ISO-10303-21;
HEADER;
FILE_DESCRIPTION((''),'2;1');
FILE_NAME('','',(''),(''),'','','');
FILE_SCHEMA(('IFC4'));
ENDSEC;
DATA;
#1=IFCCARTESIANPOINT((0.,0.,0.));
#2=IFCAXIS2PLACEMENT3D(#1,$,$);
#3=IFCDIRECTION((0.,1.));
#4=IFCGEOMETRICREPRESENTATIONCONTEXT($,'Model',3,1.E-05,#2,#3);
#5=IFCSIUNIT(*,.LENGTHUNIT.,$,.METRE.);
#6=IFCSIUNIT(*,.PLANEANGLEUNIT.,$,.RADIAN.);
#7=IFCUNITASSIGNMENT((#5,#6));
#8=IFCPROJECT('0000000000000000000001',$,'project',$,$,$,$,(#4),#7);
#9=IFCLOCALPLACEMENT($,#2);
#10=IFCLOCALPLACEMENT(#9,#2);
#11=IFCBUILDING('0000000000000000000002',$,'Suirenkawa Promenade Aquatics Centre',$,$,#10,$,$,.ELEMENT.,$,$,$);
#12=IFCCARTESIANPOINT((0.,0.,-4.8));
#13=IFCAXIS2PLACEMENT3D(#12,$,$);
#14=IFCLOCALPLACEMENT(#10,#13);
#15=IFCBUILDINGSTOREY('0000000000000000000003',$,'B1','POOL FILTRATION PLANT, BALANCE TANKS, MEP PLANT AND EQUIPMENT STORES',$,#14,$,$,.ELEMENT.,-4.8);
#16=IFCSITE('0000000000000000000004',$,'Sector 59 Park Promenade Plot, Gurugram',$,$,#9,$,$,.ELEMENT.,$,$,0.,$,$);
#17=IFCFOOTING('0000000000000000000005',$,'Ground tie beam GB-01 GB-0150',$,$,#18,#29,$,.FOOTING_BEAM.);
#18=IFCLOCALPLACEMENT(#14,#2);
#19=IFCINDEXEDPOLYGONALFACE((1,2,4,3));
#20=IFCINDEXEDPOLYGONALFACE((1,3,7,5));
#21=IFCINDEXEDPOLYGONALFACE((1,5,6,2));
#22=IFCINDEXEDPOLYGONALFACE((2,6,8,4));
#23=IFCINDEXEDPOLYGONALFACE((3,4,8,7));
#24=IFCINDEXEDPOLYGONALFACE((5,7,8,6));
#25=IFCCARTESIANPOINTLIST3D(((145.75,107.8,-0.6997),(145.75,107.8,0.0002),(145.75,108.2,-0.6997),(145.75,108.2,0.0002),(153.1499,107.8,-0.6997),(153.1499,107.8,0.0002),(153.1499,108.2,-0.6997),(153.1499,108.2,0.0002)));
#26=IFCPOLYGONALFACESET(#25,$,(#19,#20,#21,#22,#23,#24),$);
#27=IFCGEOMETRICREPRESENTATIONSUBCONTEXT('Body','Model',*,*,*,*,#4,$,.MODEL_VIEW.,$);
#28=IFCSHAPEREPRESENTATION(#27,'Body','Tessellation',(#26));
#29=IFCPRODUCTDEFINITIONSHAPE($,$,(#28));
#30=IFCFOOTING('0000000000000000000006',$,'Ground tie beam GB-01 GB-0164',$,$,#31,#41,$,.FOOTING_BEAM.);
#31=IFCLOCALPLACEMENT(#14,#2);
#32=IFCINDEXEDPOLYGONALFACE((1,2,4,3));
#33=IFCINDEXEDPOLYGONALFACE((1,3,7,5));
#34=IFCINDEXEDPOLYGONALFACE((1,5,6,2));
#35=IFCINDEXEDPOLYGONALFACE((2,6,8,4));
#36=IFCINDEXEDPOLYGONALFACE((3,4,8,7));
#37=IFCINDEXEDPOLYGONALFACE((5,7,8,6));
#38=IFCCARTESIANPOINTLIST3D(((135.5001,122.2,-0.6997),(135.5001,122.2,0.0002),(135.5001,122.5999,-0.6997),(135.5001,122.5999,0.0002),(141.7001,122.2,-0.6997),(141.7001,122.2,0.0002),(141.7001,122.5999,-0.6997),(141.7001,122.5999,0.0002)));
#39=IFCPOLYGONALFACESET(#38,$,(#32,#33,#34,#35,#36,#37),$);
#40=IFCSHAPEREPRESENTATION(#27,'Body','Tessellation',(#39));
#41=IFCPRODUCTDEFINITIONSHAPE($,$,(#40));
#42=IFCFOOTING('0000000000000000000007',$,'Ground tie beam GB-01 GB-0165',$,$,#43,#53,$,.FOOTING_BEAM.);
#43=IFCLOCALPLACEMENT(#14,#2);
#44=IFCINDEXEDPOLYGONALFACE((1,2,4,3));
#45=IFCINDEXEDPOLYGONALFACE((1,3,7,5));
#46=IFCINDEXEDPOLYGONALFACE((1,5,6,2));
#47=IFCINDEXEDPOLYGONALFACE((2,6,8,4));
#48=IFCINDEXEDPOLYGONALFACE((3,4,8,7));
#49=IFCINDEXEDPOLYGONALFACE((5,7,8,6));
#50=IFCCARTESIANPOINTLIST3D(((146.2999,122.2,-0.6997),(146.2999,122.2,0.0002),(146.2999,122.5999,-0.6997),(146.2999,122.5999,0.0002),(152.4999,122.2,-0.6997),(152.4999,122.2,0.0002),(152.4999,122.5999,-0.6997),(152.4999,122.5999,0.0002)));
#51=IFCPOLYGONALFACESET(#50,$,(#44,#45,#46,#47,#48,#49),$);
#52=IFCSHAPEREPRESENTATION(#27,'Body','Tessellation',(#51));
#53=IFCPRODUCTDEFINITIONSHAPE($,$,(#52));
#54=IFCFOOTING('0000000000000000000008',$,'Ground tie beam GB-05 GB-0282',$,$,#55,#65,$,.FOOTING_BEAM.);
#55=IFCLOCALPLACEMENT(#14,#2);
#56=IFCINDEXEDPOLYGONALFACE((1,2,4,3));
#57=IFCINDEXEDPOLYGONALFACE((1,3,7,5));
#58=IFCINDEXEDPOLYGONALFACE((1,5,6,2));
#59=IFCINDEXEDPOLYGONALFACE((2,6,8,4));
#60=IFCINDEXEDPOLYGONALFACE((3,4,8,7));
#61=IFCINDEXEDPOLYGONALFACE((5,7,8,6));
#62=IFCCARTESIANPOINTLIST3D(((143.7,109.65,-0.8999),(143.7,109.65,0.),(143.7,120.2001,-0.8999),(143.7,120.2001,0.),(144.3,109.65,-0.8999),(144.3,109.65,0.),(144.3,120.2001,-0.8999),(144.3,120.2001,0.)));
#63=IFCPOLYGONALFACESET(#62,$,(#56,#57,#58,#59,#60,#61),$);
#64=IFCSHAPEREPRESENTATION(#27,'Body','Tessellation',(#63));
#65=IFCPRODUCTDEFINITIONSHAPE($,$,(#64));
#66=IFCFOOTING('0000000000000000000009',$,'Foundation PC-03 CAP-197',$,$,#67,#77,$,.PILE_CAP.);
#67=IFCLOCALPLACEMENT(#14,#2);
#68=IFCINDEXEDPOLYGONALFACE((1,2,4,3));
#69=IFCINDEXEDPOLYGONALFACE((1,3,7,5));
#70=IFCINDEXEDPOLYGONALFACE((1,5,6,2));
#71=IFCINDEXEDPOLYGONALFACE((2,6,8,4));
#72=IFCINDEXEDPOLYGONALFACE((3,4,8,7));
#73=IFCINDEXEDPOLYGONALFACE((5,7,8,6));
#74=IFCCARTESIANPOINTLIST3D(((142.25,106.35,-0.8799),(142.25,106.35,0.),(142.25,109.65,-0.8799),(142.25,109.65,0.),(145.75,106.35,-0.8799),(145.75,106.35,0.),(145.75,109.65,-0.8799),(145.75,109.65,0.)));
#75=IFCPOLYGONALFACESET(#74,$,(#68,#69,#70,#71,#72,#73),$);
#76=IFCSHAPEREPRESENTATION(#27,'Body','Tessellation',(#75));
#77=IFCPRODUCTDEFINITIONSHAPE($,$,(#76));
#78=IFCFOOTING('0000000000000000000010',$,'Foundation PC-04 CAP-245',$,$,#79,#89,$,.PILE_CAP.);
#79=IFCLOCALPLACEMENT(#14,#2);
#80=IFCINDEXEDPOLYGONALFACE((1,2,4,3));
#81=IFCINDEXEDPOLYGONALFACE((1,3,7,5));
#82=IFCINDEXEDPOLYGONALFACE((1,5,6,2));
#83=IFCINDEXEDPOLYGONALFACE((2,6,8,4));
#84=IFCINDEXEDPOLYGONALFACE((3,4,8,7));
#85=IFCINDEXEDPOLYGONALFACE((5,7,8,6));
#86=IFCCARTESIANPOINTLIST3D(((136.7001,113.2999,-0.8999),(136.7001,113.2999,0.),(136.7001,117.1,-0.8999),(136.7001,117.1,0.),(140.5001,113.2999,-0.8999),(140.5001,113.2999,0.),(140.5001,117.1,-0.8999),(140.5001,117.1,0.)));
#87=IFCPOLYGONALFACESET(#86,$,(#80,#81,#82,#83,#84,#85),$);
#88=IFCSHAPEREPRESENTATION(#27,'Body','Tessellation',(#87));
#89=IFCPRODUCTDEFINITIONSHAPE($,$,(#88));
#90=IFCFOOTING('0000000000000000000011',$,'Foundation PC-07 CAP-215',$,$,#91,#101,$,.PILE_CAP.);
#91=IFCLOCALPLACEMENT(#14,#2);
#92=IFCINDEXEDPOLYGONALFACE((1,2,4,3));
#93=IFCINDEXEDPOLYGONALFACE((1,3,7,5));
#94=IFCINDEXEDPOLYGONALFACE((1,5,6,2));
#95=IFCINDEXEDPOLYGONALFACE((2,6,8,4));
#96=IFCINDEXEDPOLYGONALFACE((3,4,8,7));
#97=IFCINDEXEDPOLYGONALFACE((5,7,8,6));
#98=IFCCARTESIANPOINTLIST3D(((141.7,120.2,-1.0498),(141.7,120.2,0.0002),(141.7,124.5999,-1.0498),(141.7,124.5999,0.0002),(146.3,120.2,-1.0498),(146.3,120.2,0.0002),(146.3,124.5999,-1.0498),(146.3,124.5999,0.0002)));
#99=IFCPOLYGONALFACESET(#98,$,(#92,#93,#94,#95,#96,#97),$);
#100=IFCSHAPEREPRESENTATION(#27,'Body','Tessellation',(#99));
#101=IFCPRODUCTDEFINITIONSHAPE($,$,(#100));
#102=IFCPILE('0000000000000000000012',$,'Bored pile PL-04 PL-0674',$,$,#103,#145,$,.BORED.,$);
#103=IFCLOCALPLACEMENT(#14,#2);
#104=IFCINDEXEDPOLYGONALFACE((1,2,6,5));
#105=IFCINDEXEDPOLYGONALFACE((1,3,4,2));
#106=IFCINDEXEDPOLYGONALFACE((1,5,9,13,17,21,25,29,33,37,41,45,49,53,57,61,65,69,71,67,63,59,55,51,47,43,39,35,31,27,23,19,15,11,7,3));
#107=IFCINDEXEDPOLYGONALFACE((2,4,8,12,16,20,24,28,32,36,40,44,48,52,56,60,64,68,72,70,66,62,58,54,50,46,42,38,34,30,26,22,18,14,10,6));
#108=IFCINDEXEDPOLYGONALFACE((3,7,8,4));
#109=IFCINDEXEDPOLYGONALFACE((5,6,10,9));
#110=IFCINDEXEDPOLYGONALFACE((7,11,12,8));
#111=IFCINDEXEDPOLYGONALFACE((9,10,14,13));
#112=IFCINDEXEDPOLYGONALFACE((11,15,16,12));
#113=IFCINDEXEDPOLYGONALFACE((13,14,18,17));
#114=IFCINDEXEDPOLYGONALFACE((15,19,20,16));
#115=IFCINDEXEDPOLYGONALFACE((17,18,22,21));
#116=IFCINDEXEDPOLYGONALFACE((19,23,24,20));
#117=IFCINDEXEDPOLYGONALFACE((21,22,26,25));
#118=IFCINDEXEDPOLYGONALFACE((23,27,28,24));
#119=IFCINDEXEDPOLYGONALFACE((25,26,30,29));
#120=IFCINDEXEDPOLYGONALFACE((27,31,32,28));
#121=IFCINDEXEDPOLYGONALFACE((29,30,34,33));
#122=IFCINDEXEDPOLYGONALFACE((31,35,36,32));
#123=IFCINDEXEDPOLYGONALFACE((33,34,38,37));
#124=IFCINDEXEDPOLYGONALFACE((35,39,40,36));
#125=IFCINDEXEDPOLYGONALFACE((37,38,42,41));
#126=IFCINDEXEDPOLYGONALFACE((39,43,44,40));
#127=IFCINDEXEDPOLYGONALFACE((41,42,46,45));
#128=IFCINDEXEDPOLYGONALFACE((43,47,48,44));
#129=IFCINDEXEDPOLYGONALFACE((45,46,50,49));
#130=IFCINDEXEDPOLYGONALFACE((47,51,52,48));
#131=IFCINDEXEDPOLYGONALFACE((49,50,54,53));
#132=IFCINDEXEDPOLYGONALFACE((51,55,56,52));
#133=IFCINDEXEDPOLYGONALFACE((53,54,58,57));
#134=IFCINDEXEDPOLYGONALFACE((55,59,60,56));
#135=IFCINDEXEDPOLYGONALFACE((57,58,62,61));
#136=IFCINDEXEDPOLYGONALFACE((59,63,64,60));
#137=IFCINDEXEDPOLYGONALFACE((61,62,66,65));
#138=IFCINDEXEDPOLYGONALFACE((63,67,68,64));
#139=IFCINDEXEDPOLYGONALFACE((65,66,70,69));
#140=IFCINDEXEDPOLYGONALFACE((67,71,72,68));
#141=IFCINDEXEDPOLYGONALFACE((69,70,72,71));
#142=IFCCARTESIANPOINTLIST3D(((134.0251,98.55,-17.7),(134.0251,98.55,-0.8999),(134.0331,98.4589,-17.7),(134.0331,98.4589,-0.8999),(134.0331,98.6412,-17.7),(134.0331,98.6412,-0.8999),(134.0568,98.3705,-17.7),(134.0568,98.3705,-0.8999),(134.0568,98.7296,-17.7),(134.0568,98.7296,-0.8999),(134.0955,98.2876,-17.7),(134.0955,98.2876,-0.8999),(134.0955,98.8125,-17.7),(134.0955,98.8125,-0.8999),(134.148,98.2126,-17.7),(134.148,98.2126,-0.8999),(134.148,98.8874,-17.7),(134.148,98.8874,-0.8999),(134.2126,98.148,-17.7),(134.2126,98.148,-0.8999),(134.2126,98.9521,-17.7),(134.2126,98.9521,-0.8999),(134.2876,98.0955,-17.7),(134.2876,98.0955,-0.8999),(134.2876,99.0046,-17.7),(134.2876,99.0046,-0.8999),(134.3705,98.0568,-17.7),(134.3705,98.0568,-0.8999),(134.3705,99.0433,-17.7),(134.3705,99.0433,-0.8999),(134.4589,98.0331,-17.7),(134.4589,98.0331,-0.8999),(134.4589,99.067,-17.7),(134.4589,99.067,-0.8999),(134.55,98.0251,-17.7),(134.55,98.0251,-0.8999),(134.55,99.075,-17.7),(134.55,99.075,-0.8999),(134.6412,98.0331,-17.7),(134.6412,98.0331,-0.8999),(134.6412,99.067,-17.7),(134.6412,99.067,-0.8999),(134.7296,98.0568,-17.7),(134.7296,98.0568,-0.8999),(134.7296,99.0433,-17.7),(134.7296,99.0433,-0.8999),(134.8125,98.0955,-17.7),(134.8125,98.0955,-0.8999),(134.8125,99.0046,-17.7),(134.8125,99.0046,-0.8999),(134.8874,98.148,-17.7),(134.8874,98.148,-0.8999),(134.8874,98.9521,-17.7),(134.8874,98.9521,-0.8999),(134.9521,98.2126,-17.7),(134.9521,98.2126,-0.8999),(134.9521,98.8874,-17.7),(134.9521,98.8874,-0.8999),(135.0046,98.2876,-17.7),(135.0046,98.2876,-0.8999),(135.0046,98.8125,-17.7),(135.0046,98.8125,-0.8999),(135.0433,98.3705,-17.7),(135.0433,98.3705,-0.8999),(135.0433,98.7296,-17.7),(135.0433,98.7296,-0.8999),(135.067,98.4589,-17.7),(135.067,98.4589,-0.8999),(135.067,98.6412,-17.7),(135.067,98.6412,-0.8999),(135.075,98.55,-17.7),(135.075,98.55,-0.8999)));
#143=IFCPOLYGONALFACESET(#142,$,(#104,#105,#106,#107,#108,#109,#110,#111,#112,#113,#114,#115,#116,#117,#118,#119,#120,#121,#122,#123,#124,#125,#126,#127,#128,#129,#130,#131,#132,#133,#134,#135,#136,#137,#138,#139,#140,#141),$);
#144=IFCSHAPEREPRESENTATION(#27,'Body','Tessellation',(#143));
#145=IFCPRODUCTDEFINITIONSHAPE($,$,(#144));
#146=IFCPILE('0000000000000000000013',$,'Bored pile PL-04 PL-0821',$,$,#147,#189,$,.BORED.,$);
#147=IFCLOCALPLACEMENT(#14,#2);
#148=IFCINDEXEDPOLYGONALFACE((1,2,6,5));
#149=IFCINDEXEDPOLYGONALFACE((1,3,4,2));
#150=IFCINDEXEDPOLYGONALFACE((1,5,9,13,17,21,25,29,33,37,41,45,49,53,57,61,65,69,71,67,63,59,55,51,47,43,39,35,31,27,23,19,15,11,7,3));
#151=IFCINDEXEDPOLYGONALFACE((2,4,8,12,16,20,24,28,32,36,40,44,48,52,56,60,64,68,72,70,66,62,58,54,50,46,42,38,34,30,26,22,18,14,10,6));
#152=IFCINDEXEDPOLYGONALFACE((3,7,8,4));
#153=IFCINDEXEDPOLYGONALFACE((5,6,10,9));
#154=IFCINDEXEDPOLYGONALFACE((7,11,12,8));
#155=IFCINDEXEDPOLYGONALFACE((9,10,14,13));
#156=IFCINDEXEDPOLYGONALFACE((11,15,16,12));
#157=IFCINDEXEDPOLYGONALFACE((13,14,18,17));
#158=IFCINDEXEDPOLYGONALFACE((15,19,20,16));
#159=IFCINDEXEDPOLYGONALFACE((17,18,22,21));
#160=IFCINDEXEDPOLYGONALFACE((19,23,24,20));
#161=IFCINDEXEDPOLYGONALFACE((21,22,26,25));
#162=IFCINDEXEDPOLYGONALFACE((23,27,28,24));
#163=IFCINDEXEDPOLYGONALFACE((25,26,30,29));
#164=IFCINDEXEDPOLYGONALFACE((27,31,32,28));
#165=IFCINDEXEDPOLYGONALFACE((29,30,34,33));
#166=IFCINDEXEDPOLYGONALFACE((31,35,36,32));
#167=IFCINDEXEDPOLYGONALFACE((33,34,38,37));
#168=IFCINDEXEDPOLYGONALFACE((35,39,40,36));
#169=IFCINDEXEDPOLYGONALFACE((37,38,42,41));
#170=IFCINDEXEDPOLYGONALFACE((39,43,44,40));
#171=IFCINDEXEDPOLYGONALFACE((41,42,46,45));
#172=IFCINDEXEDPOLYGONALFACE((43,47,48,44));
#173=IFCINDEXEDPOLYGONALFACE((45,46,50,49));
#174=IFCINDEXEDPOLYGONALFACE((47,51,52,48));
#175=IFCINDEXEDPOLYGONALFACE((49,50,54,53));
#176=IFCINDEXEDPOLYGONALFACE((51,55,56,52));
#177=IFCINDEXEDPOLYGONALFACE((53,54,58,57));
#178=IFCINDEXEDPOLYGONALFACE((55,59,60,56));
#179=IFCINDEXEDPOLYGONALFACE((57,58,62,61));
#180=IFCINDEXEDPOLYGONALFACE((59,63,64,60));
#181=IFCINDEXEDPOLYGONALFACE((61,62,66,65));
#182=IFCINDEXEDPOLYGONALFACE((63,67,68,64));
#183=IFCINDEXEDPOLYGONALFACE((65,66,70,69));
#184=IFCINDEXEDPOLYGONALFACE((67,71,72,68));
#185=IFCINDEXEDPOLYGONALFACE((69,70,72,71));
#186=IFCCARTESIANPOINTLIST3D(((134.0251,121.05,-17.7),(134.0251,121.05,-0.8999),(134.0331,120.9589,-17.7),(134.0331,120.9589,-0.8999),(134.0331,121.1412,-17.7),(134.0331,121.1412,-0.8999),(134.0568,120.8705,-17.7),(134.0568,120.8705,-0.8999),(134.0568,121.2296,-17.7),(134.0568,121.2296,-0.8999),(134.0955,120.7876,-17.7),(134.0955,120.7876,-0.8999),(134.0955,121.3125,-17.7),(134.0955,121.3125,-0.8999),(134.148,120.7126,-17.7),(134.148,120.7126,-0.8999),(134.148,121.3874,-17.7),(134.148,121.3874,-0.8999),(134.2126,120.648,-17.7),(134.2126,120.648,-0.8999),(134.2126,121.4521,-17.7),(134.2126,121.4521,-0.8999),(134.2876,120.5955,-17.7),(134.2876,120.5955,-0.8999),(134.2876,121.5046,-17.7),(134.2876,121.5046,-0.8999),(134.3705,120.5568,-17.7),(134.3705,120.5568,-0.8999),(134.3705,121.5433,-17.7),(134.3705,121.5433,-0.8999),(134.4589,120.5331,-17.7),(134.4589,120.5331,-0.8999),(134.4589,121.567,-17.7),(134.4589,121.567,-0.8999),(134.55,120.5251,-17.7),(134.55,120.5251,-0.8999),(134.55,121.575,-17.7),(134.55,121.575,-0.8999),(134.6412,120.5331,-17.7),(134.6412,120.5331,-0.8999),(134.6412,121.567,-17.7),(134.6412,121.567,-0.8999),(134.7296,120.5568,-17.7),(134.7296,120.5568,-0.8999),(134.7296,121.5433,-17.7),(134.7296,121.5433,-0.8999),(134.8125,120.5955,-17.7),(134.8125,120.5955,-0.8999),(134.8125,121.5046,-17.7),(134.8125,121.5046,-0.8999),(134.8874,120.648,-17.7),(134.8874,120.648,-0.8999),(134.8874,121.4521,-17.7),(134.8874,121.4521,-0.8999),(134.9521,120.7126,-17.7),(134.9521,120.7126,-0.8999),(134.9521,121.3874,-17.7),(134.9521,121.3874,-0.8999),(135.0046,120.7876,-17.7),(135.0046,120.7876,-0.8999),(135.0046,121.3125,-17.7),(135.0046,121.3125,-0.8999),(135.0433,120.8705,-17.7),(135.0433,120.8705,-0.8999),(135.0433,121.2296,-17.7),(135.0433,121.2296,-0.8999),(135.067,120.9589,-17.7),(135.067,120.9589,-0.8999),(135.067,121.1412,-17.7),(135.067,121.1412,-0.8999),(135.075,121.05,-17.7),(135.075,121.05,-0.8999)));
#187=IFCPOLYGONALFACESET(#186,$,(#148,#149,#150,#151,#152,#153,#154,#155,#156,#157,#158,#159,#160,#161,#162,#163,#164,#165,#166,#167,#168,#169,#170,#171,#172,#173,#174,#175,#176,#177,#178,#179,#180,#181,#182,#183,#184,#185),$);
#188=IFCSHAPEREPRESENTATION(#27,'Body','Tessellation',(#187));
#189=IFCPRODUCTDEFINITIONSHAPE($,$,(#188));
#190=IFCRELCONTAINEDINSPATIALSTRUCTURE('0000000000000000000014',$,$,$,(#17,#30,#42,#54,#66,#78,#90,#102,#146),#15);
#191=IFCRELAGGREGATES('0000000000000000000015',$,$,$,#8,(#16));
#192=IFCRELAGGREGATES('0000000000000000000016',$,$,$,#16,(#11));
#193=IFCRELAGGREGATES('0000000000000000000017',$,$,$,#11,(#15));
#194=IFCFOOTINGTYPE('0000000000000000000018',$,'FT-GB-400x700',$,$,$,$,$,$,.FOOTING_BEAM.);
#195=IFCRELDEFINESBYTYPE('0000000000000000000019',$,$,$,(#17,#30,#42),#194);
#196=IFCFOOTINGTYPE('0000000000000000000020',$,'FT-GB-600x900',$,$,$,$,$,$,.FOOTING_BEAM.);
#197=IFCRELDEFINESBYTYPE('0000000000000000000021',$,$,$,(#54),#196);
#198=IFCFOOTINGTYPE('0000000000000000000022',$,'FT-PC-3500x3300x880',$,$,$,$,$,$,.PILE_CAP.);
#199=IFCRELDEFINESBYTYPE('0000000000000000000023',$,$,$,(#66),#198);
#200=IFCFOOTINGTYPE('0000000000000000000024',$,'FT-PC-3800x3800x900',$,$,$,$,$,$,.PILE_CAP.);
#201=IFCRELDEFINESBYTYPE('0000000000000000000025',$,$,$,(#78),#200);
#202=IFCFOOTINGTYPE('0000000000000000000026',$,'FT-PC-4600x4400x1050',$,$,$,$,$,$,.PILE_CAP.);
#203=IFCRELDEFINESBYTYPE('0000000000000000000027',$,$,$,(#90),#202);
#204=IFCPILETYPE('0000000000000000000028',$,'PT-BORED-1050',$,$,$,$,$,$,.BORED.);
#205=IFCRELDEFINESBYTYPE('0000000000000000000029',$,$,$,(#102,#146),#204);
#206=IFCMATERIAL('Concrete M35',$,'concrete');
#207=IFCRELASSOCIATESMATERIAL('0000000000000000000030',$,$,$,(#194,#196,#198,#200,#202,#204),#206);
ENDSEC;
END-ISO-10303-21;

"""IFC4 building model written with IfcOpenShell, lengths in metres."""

from ifc_helpers import new_model, si_unit, direction, frame, origin, origin_2d, place, context, subcontext, project, spatial, rectangle, circle, extrude, material, material_profile, profile_set, type_object, element, save


model = new_model("IFC4")

# Units and contexts
model_context = context("Model", 3, precision=1e-05, world=origin(), true_north=direction((0.0, 1.0)))
body_context = subcontext(model_context, "Body", "Model", "MODEL_VIEW")
ifc_project = project(units=[si_unit("LENGTHUNIT", "METRE"), si_unit("PLANEANGLEUNIT", "RADIAN")], contexts=[model_context])

# Site, building, storey
site_placement = place(None, origin())
site = spatial("IfcSite", under=ifc_project, at=site_placement, Name="Sector 59 Park Promenade Plot, Gurugram", CompositionType="ELEMENT", RefElevation=0.0)
building_placement = place(site_placement, origin())
building = spatial("IfcBuilding", under=site, at=building_placement, Name="Suirenkawa Promenade Aquatics Centre", CompositionType="ELEMENT")
storey_placement = place(building_placement, frame((0.0, 0.0, -4.8)))
storey = spatial("IfcBuildingStorey", under=building, at=storey_placement, Name="B1", Description="POOL FILTRATION PLANT, BALANCE TANKS, MEP PLANT AND EQUIPMENT STORES", CompositionType="ELEMENT", Elevation=-4.8)

# Footings
ifc_material_1 = material(Name="Concrete M35", Category="concrete")
footing_type_1 = type_object("IfcFootingType", Name="FT-GB-400x700", PredefinedType="FOOTING_BEAM", material=ifc_material_1)
footing_1_placement = place(storey_placement, frame((149.45, 108.0, -0.6997), z_axis=(0.0, 0.0, 1.0), x_axis=(1.0, 0.0, 0.0)))
element("IfcFooting", 1, at=footing_1_placement, inside=storey, type_object=footing_type_1, Name="Ground tie beam GB-01 GB-0150", PredefinedType="FOOTING_BEAM", context=body_context, shape_type="SweptSolid", body=[
    extrude(rectangle(XDim=7.3999, YDim=0.3999, at=origin_2d()), origin(), (0.0, 0.0, 1.0), 0.7),
])
for number, where, z_axis, x_axis, name in (
    (2, (138.6001, 122.3999, -0.6997), (0.0, 0.0, 1.0), (1.0, 0.0, 0.0), "Ground tie beam GB-01 GB-0164"),
    (3, (149.3999, 122.3999, -0.6997), (0.0, 0.0, 1.0), (1.0, 0.0, 0.0), "Ground tie beam GB-01 GB-0165"),
):
    element("IfcFooting", number, at=place(storey_placement, frame(where, z_axis=z_axis, x_axis=x_axis)), inside=storey, type_object=footing_type_1, Name=name, PredefinedType="FOOTING_BEAM", context=body_context, shape_type="SweptSolid", body=[
        extrude(rectangle(XDim=6.2, YDim=0.3999, at=origin_2d()), origin(), (0.0, 0.0, 1.0), 0.7),
    ])
footing_type_2 = type_object("IfcFootingType", Name="FT-GB-600x900", PredefinedType="FOOTING_BEAM", material=ifc_material_1)
footing_2_placement = place(storey_placement, frame((144.0, 114.925, -0.8999), z_axis=(0.0, 0.0, 1.0), x_axis=(0.0, 1.0, 0.0)))
element("IfcFooting", 4, at=footing_2_placement, inside=storey, type_object=footing_type_2, Name="Ground tie beam GB-05 GB-0282", PredefinedType="FOOTING_BEAM", context=body_context, shape_type="SweptSolid", body=[
    extrude(rectangle(XDim=10.55, YDim=0.6001, at=origin_2d()), origin(), (0.0, 0.0, 1.0), 0.8999),
])
footing_type_3 = type_object("IfcFootingType", Name="FT-PC-3500x3300x880", PredefinedType="PILE_CAP", material=ifc_material_1)
footing_3_placement = place(storey_placement, frame((144.0, 108.0, -0.8799), z_axis=(0.0, 0.0, 1.0), x_axis=(1.0, 0.0, 0.0)))
element("IfcFooting", 5, at=footing_3_placement, inside=storey, type_object=footing_type_3, Name="Foundation PC-03 CAP-197", PredefinedType="PILE_CAP", context=body_context, shape_type="SweptSolid", body=[
    extrude(rectangle(XDim=3.5, YDim=3.3, at=origin_2d()), origin(), (0.0, 0.0, 1.0), 0.8799),
])
footing_type_4 = type_object("IfcFootingType", Name="FT-PC-3800x3800x900", PredefinedType="PILE_CAP", material=ifc_material_1)
footing_4_placement = place(storey_placement, frame((138.6001, 115.2, -0.8999), z_axis=(0.0, 0.0, 1.0), x_axis=(1.0, 0.0, 0.0)))
element("IfcFooting", 6, at=footing_4_placement, inside=storey, type_object=footing_type_4, Name="Foundation PC-04 CAP-245", PredefinedType="PILE_CAP", context=body_context, shape_type="SweptSolid", body=[
    extrude(rectangle(XDim=3.8, YDim=3.8, at=origin_2d()), origin(), (0.0, 0.0, 1.0), 0.8999),
])
footing_type_5 = type_object("IfcFootingType", Name="FT-PC-4600x4400x1050", PredefinedType="PILE_CAP", material=ifc_material_1)
footing_5_placement = place(storey_placement, frame((144.0, 122.3999, -1.0498), z_axis=(0.0, 0.0, 1.0), x_axis=(1.0, 0.0, 0.0)))
element("IfcFooting", 7, at=footing_5_placement, inside=storey, type_object=footing_type_5, Name="Foundation PC-07 CAP-215", PredefinedType="PILE_CAP", context=body_context, shape_type="SweptSolid", body=[
    extrude(rectangle(XDim=4.6001, YDim=4.3999, at=origin_2d()), origin(), (0.0, 0.0, 1.0), 1.05),
])

# Piles
ifc_material_profile_1 = material_profile(ifc_material_1, circle(Radius=0.5249, at=origin_2d()), Name="PILE D1050", Category="concrete")
ifc_profile_set_1 = profile_set([ifc_material_profile_1], Name="Concrete M35")
pile_type_1 = type_object("IfcPileType", Name="PT-BORED-1050", PredefinedType="BORED", material=ifc_profile_set_1)
for number, where, z_axis, x_axis, name in (
    (8, (134.55, 98.55, -0.8999), (0.0, 0.0, -1.0), (1.0, 0.0, 0.0), "Bored pile PL-04 PL-0674"),
    (9, (134.55, 121.05, -0.8999), (0.0, 0.0, -1.0), (1.0, 0.0, 0.0), "Bored pile PL-04 PL-0821"),
):
    element("IfcPile", number, at=place(storey_placement, frame(where, z_axis=z_axis, x_axis=x_axis)), inside=storey, type_object=pile_type_1, Name=name, PredefinedType="BORED", context=body_context, shape_type="SweptSolid", body=[
        extrude(circle(Radius=0.5249, at=origin_2d()), origin(), (0.0, 0.0, 1.0), 16.8),
    ])

save(model, "model.ifc")
